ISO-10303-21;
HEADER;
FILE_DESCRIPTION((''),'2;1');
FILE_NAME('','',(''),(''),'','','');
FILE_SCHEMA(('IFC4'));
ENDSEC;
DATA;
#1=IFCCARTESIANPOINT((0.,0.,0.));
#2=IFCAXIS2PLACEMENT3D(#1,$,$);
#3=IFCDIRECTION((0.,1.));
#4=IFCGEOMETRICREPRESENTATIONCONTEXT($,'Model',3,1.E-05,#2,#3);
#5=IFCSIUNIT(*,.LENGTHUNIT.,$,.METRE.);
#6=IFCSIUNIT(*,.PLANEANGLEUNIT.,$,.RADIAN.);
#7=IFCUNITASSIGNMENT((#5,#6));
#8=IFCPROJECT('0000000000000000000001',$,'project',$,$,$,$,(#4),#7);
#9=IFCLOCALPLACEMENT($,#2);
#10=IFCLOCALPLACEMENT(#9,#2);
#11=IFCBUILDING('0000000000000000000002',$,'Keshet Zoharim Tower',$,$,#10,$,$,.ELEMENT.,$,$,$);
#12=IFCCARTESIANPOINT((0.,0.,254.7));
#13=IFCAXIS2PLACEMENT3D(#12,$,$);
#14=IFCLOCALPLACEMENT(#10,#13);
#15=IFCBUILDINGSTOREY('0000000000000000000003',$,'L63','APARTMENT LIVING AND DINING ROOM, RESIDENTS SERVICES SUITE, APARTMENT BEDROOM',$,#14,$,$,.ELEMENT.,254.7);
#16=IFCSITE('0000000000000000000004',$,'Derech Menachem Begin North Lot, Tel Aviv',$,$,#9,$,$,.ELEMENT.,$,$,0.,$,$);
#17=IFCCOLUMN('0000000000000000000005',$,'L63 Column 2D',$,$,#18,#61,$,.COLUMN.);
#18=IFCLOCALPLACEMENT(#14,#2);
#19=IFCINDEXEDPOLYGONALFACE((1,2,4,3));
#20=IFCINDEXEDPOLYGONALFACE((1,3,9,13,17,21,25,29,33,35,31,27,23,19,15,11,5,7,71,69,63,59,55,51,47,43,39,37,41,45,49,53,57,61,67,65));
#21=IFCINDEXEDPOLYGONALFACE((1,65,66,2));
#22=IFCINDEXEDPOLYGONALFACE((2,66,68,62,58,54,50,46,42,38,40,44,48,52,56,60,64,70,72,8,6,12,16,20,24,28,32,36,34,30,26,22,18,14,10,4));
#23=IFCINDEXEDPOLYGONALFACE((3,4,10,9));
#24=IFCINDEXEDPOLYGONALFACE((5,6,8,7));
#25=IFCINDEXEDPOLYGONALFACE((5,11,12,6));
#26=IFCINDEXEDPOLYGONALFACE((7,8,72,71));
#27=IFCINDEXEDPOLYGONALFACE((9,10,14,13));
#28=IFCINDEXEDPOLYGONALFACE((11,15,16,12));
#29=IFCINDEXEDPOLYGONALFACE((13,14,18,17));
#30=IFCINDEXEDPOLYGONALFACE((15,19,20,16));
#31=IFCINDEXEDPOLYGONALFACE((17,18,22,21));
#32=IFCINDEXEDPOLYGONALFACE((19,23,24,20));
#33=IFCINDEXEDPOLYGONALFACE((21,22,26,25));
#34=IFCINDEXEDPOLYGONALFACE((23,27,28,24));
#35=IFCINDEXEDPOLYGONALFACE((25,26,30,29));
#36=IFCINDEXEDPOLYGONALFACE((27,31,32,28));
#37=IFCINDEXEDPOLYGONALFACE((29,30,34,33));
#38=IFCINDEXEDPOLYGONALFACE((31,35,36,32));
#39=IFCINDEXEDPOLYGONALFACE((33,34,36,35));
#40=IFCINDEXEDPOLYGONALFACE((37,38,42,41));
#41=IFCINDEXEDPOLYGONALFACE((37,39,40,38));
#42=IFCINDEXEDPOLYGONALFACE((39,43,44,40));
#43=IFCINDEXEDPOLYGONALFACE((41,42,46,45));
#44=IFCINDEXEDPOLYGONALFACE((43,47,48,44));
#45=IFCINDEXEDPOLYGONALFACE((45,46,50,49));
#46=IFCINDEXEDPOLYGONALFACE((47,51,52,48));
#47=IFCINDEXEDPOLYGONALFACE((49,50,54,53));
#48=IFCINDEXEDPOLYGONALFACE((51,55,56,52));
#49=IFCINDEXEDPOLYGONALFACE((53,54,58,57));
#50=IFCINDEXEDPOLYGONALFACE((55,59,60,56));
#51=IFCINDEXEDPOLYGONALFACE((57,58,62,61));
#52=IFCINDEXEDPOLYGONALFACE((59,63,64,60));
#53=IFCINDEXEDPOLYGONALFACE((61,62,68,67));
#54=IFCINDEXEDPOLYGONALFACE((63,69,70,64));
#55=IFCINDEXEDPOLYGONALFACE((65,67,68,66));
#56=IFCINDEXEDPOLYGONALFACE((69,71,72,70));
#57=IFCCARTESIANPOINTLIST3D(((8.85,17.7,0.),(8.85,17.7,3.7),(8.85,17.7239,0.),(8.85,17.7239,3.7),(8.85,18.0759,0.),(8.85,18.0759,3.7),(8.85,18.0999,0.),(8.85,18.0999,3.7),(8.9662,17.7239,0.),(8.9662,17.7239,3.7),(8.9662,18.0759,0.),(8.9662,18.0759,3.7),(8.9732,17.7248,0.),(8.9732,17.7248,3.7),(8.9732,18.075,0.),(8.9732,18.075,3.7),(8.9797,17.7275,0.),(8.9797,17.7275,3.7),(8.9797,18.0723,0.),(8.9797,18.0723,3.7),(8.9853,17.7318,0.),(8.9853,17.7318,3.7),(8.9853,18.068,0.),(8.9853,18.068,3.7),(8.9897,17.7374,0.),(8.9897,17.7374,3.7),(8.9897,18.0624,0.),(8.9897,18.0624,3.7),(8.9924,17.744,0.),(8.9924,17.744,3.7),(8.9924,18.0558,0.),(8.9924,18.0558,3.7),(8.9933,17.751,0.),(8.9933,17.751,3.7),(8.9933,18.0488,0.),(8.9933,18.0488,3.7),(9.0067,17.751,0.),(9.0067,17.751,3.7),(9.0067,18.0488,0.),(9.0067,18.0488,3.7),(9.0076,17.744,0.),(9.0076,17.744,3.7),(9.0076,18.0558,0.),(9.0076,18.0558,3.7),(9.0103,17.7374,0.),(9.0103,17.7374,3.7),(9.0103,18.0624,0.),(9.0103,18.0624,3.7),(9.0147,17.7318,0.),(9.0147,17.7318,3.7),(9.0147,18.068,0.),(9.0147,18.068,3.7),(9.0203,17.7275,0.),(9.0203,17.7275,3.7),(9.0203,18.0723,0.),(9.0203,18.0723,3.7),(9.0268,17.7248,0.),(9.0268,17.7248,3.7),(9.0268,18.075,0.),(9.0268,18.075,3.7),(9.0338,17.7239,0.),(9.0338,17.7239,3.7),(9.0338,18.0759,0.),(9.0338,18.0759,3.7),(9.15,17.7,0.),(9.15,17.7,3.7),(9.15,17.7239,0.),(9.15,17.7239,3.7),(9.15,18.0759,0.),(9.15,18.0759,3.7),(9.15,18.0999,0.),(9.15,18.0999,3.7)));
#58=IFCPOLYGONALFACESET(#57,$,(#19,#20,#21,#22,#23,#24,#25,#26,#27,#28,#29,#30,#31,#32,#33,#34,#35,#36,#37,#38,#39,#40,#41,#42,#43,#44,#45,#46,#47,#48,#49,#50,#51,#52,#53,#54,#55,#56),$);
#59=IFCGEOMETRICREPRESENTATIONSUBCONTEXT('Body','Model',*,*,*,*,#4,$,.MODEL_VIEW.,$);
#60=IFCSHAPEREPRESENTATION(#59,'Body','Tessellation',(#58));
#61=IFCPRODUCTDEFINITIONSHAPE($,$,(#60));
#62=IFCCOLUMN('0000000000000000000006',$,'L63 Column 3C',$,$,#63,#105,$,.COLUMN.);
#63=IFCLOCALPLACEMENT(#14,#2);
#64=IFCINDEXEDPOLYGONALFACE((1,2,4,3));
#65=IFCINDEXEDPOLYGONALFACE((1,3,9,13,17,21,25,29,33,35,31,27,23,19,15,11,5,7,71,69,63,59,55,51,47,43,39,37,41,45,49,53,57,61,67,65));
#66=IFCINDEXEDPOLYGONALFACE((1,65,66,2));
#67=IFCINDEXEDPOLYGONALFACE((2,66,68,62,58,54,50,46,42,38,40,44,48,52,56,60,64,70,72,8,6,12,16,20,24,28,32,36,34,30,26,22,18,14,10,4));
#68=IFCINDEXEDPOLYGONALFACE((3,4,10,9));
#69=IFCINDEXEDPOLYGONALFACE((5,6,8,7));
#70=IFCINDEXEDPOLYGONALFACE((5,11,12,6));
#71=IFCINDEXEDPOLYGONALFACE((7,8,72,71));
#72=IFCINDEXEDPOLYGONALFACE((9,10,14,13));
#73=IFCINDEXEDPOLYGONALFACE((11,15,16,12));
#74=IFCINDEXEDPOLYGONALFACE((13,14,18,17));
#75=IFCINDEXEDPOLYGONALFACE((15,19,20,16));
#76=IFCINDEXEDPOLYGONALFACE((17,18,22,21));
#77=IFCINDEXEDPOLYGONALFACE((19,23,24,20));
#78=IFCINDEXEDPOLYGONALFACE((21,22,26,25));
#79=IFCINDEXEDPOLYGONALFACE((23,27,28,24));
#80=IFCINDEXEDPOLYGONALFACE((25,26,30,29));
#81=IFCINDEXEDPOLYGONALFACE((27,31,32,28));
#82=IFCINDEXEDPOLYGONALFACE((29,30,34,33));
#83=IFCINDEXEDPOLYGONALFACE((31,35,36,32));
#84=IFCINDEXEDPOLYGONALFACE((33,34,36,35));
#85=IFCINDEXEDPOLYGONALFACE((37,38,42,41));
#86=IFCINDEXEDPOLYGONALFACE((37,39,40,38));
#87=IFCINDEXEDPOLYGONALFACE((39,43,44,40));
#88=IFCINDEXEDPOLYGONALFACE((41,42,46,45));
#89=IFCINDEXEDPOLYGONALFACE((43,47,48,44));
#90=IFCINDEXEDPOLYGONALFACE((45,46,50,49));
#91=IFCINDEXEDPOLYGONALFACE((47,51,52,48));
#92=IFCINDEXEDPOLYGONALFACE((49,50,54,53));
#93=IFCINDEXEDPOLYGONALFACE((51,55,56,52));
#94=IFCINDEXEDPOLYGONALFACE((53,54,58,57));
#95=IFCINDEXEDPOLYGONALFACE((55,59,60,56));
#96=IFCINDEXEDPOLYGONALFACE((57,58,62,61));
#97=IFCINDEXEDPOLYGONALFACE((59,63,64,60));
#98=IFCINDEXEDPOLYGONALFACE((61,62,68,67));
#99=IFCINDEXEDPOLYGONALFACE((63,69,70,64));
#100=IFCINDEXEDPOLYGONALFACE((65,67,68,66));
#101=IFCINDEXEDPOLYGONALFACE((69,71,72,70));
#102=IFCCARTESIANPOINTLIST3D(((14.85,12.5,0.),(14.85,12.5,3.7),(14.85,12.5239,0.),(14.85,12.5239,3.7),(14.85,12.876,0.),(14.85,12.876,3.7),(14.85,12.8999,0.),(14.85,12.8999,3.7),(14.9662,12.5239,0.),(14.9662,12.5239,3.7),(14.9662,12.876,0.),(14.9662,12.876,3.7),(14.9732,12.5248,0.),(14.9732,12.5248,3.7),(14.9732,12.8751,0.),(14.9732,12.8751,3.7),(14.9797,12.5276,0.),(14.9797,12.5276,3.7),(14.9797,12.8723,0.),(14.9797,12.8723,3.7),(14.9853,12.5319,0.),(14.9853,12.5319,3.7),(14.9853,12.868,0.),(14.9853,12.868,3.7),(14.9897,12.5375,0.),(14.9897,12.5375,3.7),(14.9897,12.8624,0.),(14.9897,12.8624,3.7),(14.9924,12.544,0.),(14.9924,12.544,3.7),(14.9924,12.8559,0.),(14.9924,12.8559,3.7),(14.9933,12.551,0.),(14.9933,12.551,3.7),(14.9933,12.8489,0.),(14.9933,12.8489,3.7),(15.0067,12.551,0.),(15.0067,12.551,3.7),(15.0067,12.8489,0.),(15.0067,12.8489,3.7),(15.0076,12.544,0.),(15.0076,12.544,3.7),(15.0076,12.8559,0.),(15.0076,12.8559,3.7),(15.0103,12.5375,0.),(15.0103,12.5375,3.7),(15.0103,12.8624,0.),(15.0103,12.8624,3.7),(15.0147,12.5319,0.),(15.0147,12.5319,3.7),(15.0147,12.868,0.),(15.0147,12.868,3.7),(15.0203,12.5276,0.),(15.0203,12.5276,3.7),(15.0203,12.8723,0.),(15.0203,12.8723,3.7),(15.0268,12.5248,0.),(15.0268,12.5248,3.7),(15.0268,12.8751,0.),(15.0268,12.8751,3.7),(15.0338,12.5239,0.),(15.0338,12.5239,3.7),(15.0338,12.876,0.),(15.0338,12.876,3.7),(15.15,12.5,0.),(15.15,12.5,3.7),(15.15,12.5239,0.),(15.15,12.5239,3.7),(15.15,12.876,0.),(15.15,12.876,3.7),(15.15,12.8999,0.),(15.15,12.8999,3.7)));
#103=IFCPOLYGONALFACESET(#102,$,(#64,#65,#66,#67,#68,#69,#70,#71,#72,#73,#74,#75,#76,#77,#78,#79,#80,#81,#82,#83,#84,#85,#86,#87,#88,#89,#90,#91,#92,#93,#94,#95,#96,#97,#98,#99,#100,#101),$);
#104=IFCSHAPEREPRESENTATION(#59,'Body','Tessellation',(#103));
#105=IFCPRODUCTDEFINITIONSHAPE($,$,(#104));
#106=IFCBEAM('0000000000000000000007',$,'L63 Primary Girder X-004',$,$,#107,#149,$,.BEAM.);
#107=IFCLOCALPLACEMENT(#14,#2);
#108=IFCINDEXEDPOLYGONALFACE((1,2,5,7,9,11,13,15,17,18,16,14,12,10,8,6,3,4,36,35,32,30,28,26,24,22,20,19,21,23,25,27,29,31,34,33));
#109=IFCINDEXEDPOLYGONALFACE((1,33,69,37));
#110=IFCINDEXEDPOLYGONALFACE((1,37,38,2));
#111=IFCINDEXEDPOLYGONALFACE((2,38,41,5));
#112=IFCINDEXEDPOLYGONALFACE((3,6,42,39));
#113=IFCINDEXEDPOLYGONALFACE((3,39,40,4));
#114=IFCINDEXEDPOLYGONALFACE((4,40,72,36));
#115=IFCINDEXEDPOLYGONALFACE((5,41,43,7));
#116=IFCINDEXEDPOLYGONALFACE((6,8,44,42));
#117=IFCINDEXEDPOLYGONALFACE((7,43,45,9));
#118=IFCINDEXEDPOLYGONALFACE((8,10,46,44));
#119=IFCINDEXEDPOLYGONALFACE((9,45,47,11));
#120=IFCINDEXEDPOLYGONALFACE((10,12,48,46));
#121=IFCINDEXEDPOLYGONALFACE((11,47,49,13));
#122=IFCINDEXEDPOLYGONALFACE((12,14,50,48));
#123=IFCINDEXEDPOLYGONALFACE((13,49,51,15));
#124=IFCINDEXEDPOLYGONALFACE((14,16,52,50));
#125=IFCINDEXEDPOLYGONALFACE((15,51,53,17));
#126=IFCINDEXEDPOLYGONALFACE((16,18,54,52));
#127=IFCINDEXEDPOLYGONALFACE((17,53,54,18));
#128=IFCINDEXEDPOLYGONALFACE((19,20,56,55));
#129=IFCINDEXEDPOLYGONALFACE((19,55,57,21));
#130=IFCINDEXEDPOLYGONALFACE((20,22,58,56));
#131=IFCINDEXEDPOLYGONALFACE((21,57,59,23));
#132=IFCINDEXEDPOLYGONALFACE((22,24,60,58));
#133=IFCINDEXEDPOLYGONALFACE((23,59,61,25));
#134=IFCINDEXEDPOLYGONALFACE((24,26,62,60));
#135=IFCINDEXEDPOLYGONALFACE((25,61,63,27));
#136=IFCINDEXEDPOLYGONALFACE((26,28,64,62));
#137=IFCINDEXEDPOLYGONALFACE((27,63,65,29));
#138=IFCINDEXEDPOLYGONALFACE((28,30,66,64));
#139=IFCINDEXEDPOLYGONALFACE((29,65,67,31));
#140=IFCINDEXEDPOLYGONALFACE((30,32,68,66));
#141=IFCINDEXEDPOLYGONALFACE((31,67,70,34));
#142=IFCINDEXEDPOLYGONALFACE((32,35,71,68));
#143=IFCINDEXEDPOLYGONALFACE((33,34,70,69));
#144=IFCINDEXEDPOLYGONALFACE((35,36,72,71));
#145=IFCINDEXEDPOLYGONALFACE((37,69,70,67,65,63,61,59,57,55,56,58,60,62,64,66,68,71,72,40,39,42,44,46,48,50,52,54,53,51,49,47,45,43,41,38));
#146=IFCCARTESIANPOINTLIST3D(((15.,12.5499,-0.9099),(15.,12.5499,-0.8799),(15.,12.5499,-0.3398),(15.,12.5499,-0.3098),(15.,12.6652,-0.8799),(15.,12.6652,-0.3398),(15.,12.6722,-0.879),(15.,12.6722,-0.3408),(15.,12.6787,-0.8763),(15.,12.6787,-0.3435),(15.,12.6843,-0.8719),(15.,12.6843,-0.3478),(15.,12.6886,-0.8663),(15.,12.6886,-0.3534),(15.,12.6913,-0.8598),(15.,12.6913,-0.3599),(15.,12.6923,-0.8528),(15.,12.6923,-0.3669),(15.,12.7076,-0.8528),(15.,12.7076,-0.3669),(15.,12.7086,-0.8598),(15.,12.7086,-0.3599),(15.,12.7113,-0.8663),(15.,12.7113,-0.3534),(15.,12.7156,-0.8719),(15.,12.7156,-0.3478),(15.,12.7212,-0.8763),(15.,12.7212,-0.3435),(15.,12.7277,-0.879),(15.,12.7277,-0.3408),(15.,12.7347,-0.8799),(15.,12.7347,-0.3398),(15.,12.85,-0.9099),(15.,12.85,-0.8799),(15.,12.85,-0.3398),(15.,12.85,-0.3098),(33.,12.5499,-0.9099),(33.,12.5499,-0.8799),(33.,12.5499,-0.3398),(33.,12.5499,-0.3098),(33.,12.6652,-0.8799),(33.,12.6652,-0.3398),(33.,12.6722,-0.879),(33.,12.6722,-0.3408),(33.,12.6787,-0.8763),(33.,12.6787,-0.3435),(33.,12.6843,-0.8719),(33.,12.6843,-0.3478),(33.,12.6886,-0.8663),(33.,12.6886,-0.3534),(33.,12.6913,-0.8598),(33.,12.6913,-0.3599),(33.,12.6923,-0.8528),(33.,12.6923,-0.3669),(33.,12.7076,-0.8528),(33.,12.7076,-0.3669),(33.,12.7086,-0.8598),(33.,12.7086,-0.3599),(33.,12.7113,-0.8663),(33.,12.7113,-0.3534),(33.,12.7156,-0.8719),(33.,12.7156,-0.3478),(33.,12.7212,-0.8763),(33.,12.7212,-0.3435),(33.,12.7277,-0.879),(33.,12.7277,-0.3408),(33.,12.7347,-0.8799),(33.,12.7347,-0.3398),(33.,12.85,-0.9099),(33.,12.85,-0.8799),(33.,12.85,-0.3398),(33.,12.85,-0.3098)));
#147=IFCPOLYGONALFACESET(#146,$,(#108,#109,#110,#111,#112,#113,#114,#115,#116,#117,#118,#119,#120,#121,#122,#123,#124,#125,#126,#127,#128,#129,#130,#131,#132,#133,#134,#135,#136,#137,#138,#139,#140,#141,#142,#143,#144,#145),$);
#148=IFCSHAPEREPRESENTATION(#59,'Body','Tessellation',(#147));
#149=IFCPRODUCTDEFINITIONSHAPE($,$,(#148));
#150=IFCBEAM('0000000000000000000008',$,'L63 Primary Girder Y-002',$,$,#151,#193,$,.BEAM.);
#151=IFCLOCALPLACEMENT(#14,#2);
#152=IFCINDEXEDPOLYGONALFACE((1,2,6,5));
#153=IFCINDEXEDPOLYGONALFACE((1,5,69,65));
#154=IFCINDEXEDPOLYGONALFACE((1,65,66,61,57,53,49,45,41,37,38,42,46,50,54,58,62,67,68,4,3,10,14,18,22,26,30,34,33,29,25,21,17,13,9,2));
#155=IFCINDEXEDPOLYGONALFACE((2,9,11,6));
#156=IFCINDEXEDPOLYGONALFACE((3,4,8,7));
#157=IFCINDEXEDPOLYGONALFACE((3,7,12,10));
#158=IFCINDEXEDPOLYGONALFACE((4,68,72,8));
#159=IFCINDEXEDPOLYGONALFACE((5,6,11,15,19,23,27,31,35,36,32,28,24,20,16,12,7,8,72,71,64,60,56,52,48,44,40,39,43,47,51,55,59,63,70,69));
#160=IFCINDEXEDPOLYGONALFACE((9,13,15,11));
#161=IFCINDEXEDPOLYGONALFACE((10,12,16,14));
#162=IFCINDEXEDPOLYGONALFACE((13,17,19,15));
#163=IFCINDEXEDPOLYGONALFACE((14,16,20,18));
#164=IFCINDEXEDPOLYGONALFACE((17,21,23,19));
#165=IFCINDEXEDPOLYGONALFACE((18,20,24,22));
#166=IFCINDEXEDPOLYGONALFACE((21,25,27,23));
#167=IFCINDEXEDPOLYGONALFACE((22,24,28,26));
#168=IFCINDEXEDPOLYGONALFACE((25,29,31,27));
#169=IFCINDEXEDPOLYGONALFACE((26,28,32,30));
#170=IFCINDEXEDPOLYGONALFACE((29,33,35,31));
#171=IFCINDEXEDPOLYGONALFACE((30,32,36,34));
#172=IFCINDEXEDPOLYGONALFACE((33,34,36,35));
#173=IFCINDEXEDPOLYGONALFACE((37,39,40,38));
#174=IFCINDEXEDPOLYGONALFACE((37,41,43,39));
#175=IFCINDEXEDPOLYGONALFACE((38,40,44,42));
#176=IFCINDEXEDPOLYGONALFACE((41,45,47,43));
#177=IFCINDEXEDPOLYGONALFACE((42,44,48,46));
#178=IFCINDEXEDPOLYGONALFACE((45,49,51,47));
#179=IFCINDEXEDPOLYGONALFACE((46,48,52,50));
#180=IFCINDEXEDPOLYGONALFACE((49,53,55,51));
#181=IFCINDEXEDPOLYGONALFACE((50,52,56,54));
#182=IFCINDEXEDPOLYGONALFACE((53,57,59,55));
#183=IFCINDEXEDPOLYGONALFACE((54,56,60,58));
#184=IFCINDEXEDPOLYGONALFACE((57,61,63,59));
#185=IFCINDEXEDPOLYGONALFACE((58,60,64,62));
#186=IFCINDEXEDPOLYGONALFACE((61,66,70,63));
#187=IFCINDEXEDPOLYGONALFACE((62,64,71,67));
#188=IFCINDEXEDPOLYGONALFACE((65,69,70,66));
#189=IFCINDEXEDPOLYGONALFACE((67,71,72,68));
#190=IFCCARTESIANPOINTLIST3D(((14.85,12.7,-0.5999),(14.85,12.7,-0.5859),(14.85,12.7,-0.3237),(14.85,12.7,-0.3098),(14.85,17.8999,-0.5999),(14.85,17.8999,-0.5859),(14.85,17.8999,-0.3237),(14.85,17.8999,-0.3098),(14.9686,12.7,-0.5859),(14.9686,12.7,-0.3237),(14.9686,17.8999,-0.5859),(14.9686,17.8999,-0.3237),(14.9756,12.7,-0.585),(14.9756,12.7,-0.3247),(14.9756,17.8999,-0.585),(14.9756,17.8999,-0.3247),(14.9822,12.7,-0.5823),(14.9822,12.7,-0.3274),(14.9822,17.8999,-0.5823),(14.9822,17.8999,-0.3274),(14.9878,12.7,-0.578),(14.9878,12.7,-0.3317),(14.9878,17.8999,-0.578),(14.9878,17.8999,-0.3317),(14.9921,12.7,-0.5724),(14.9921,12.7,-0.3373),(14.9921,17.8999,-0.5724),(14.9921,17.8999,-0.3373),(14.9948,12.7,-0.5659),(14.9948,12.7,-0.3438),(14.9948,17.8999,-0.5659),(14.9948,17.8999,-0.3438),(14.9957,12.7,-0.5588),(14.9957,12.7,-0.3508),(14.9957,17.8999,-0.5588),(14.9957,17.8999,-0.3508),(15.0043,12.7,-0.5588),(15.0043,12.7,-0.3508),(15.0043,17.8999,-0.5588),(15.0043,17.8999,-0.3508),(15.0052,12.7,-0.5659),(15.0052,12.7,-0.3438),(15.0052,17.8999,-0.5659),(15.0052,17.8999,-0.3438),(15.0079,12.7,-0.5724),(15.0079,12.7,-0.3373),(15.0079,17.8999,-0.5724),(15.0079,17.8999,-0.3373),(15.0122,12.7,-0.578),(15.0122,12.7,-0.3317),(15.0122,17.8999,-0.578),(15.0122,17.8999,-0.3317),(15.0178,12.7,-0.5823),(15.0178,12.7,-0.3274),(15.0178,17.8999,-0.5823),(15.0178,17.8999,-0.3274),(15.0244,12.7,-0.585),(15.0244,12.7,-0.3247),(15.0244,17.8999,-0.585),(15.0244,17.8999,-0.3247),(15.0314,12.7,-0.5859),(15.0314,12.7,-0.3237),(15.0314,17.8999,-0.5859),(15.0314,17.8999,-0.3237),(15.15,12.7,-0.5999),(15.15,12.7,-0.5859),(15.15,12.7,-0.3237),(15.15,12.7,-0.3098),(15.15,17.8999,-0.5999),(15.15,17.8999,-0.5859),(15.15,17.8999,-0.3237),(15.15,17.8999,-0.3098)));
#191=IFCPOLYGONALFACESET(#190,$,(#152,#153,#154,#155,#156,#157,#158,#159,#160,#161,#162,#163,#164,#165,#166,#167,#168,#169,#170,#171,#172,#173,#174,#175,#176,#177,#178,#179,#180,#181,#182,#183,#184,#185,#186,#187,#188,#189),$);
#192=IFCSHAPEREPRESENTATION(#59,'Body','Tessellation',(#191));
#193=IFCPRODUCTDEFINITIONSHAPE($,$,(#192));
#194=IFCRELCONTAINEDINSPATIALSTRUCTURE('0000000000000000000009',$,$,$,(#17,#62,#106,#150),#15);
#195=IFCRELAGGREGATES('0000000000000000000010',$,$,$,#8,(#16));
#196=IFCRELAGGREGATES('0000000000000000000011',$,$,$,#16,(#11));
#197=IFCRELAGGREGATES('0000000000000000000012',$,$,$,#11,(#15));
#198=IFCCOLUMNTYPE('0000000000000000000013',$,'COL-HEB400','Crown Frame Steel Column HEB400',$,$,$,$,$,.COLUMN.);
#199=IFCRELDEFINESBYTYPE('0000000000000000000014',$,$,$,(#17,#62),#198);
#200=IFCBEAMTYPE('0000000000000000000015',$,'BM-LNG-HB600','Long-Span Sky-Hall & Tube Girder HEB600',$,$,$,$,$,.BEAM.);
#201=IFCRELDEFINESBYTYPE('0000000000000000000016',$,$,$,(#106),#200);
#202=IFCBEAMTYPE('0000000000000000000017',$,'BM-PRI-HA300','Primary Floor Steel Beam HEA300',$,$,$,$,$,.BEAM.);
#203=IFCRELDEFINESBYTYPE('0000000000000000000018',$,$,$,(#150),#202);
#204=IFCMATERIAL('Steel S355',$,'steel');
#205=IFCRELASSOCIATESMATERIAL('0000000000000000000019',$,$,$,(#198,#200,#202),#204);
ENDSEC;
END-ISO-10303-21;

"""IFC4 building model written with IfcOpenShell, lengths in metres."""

from ifc_helpers import new_model, si_unit, direction, frame, origin, origin_2d, place, context, subcontext, project, spatial, i_section, extrude, material, material_profile, profile_set, type_object, element, save


model = new_model("IFC4")

# Units and contexts
model_context = context("Model", 3, precision=1e-05, world=origin(), true_north=direction((0.0, 1.0)))
body_context = subcontext(model_context, "Body", "Model", "MODEL_VIEW")
ifc_project = project(units=[si_unit("LENGTHUNIT", "METRE"), si_unit("PLANEANGLEUNIT", "RADIAN")], contexts=[model_context])

# Site, building, storey
site_placement = place(None, origin())
site = spatial("IfcSite", under=ifc_project, at=site_placement, Name="Derech Menachem Begin North Lot, Tel Aviv", CompositionType="ELEMENT", RefElevation=0.0)
building_placement = place(site_placement, origin())
building = spatial("IfcBuilding", under=site, at=building_placement, Name="Keshet Zoharim Tower", CompositionType="ELEMENT")
storey_placement = place(building_placement, frame((0.0, 0.0, 254.7)))
storey = spatial("IfcBuildingStorey", under=building, at=storey_placement, Name="L63", Description="APARTMENT LIVING AND DINING ROOM, RESIDENTS SERVICES SUITE, APARTMENT BEDROOM", CompositionType="ELEMENT", Elevation=254.7)

# Columns
ifc_material_1 = material(Name="Steel S355", Category="steel")
ifc_material_profile_1 = material_profile(ifc_material_1, i_section(OverallWidth=0.3, OverallDepth=0.3999, WebThickness=0.0134, FlangeThickness=0.0239, FilletRadius=0.0271, at=origin_2d()), Name="HEB400")
ifc_profile_set_1 = profile_set([ifc_material_profile_1], Name="Steel S355")
column_type = type_object("IfcColumnType", Name="COL-HEB400", Description="Crown Frame Steel Column HEB400", PredefinedType="COLUMN", material=ifc_profile_set_1)
for number, where, z_axis, x_axis, name in (
    (1, (9.0, 17.8999, 0.0), (0.0, 0.0, 1.0), (1.0, 0.0, 0.0), "L63 Column 2D"),
    (2, (15.0, 12.7, 0.0), (0.0, 0.0, 1.0), (1.0, 0.0, 0.0), "L63 Column 3C"),
):
    element("IfcColumn", number, at=place(storey_placement, frame(where, z_axis=z_axis, x_axis=x_axis)), inside=storey, type_object=column_type, Name=name, PredefinedType="COLUMN", context=body_context, shape_type="SweptSolid", body=[
        extrude(i_section(OverallWidth=0.3, OverallDepth=0.3999, WebThickness=0.0134, FlangeThickness=0.0239, FilletRadius=0.0271, at=origin_2d()), origin(), (0.0, 0.0, 1.0), 3.7),
    ])

# Beams
ifc_material_profile_2 = material_profile(ifc_material_1, i_section(OverallWidth=0.3, OverallDepth=0.6001, WebThickness=0.0154, FlangeThickness=0.03, FilletRadius=0.0271, at=origin_2d()), Name="HEB600")
ifc_profile_set_2 = profile_set([ifc_material_profile_2], Name="Steel S355")
beam_type_1 = type_object("IfcBeamType", Name="BM-LNG-HB600", Description="Long-Span Sky-Hall & Tube Girder HEB600", PredefinedType="BEAM", material=ifc_profile_set_2)
beam_1_placement = place(storey_placement, frame((15.0, 12.7, -0.6099), z_axis=(1.0, 0.0, 0.0), x_axis=(0.0, 1.0, 0.0)))
element("IfcBeam", 3, at=beam_1_placement, inside=storey, type_object=beam_type_1, Name="L63 Primary Girder X-004", PredefinedType="BEAM", context=body_context, shape_type="SweptSolid", body=[
    extrude(i_section(OverallWidth=0.3, OverallDepth=0.6001, WebThickness=0.0154, FlangeThickness=0.03, FilletRadius=0.0271, at=origin_2d()), origin(), (0.0, 0.0, 1.0), 18.0),
])
ifc_material_profile_3 = material_profile(ifc_material_1, i_section(OverallWidth=0.3, OverallDepth=0.29, WebThickness=0.0085, FlangeThickness=0.0139, FilletRadius=0.0271, at=origin_2d()), Name="HEA300")
ifc_profile_set_3 = profile_set([ifc_material_profile_3], Name="Steel S355")
beam_type_2 = type_object("IfcBeamType", Name="BM-PRI-HA300", Description="Primary Floor Steel Beam HEA300", PredefinedType="BEAM", material=ifc_profile_set_3)
beam_2_placement = place(storey_placement, frame((15.0, 12.7, -0.4548), z_axis=(0.0, 1.0, 0.0), x_axis=(-1.0, 0.0, 0.0)))
element("IfcBeam", 4, at=beam_2_placement, inside=storey, type_object=beam_type_2, Name="L63 Primary Girder Y-002", PredefinedType="BEAM", context=body_context, shape_type="SweptSolid", body=[
    extrude(i_section(OverallWidth=0.3, OverallDepth=0.29, WebThickness=0.0085, FlangeThickness=0.0139, FilletRadius=0.0271, at=origin_2d()), origin(), (0.0, 0.0, 1.0), 5.2),
])

save(model, "model.ifc")
